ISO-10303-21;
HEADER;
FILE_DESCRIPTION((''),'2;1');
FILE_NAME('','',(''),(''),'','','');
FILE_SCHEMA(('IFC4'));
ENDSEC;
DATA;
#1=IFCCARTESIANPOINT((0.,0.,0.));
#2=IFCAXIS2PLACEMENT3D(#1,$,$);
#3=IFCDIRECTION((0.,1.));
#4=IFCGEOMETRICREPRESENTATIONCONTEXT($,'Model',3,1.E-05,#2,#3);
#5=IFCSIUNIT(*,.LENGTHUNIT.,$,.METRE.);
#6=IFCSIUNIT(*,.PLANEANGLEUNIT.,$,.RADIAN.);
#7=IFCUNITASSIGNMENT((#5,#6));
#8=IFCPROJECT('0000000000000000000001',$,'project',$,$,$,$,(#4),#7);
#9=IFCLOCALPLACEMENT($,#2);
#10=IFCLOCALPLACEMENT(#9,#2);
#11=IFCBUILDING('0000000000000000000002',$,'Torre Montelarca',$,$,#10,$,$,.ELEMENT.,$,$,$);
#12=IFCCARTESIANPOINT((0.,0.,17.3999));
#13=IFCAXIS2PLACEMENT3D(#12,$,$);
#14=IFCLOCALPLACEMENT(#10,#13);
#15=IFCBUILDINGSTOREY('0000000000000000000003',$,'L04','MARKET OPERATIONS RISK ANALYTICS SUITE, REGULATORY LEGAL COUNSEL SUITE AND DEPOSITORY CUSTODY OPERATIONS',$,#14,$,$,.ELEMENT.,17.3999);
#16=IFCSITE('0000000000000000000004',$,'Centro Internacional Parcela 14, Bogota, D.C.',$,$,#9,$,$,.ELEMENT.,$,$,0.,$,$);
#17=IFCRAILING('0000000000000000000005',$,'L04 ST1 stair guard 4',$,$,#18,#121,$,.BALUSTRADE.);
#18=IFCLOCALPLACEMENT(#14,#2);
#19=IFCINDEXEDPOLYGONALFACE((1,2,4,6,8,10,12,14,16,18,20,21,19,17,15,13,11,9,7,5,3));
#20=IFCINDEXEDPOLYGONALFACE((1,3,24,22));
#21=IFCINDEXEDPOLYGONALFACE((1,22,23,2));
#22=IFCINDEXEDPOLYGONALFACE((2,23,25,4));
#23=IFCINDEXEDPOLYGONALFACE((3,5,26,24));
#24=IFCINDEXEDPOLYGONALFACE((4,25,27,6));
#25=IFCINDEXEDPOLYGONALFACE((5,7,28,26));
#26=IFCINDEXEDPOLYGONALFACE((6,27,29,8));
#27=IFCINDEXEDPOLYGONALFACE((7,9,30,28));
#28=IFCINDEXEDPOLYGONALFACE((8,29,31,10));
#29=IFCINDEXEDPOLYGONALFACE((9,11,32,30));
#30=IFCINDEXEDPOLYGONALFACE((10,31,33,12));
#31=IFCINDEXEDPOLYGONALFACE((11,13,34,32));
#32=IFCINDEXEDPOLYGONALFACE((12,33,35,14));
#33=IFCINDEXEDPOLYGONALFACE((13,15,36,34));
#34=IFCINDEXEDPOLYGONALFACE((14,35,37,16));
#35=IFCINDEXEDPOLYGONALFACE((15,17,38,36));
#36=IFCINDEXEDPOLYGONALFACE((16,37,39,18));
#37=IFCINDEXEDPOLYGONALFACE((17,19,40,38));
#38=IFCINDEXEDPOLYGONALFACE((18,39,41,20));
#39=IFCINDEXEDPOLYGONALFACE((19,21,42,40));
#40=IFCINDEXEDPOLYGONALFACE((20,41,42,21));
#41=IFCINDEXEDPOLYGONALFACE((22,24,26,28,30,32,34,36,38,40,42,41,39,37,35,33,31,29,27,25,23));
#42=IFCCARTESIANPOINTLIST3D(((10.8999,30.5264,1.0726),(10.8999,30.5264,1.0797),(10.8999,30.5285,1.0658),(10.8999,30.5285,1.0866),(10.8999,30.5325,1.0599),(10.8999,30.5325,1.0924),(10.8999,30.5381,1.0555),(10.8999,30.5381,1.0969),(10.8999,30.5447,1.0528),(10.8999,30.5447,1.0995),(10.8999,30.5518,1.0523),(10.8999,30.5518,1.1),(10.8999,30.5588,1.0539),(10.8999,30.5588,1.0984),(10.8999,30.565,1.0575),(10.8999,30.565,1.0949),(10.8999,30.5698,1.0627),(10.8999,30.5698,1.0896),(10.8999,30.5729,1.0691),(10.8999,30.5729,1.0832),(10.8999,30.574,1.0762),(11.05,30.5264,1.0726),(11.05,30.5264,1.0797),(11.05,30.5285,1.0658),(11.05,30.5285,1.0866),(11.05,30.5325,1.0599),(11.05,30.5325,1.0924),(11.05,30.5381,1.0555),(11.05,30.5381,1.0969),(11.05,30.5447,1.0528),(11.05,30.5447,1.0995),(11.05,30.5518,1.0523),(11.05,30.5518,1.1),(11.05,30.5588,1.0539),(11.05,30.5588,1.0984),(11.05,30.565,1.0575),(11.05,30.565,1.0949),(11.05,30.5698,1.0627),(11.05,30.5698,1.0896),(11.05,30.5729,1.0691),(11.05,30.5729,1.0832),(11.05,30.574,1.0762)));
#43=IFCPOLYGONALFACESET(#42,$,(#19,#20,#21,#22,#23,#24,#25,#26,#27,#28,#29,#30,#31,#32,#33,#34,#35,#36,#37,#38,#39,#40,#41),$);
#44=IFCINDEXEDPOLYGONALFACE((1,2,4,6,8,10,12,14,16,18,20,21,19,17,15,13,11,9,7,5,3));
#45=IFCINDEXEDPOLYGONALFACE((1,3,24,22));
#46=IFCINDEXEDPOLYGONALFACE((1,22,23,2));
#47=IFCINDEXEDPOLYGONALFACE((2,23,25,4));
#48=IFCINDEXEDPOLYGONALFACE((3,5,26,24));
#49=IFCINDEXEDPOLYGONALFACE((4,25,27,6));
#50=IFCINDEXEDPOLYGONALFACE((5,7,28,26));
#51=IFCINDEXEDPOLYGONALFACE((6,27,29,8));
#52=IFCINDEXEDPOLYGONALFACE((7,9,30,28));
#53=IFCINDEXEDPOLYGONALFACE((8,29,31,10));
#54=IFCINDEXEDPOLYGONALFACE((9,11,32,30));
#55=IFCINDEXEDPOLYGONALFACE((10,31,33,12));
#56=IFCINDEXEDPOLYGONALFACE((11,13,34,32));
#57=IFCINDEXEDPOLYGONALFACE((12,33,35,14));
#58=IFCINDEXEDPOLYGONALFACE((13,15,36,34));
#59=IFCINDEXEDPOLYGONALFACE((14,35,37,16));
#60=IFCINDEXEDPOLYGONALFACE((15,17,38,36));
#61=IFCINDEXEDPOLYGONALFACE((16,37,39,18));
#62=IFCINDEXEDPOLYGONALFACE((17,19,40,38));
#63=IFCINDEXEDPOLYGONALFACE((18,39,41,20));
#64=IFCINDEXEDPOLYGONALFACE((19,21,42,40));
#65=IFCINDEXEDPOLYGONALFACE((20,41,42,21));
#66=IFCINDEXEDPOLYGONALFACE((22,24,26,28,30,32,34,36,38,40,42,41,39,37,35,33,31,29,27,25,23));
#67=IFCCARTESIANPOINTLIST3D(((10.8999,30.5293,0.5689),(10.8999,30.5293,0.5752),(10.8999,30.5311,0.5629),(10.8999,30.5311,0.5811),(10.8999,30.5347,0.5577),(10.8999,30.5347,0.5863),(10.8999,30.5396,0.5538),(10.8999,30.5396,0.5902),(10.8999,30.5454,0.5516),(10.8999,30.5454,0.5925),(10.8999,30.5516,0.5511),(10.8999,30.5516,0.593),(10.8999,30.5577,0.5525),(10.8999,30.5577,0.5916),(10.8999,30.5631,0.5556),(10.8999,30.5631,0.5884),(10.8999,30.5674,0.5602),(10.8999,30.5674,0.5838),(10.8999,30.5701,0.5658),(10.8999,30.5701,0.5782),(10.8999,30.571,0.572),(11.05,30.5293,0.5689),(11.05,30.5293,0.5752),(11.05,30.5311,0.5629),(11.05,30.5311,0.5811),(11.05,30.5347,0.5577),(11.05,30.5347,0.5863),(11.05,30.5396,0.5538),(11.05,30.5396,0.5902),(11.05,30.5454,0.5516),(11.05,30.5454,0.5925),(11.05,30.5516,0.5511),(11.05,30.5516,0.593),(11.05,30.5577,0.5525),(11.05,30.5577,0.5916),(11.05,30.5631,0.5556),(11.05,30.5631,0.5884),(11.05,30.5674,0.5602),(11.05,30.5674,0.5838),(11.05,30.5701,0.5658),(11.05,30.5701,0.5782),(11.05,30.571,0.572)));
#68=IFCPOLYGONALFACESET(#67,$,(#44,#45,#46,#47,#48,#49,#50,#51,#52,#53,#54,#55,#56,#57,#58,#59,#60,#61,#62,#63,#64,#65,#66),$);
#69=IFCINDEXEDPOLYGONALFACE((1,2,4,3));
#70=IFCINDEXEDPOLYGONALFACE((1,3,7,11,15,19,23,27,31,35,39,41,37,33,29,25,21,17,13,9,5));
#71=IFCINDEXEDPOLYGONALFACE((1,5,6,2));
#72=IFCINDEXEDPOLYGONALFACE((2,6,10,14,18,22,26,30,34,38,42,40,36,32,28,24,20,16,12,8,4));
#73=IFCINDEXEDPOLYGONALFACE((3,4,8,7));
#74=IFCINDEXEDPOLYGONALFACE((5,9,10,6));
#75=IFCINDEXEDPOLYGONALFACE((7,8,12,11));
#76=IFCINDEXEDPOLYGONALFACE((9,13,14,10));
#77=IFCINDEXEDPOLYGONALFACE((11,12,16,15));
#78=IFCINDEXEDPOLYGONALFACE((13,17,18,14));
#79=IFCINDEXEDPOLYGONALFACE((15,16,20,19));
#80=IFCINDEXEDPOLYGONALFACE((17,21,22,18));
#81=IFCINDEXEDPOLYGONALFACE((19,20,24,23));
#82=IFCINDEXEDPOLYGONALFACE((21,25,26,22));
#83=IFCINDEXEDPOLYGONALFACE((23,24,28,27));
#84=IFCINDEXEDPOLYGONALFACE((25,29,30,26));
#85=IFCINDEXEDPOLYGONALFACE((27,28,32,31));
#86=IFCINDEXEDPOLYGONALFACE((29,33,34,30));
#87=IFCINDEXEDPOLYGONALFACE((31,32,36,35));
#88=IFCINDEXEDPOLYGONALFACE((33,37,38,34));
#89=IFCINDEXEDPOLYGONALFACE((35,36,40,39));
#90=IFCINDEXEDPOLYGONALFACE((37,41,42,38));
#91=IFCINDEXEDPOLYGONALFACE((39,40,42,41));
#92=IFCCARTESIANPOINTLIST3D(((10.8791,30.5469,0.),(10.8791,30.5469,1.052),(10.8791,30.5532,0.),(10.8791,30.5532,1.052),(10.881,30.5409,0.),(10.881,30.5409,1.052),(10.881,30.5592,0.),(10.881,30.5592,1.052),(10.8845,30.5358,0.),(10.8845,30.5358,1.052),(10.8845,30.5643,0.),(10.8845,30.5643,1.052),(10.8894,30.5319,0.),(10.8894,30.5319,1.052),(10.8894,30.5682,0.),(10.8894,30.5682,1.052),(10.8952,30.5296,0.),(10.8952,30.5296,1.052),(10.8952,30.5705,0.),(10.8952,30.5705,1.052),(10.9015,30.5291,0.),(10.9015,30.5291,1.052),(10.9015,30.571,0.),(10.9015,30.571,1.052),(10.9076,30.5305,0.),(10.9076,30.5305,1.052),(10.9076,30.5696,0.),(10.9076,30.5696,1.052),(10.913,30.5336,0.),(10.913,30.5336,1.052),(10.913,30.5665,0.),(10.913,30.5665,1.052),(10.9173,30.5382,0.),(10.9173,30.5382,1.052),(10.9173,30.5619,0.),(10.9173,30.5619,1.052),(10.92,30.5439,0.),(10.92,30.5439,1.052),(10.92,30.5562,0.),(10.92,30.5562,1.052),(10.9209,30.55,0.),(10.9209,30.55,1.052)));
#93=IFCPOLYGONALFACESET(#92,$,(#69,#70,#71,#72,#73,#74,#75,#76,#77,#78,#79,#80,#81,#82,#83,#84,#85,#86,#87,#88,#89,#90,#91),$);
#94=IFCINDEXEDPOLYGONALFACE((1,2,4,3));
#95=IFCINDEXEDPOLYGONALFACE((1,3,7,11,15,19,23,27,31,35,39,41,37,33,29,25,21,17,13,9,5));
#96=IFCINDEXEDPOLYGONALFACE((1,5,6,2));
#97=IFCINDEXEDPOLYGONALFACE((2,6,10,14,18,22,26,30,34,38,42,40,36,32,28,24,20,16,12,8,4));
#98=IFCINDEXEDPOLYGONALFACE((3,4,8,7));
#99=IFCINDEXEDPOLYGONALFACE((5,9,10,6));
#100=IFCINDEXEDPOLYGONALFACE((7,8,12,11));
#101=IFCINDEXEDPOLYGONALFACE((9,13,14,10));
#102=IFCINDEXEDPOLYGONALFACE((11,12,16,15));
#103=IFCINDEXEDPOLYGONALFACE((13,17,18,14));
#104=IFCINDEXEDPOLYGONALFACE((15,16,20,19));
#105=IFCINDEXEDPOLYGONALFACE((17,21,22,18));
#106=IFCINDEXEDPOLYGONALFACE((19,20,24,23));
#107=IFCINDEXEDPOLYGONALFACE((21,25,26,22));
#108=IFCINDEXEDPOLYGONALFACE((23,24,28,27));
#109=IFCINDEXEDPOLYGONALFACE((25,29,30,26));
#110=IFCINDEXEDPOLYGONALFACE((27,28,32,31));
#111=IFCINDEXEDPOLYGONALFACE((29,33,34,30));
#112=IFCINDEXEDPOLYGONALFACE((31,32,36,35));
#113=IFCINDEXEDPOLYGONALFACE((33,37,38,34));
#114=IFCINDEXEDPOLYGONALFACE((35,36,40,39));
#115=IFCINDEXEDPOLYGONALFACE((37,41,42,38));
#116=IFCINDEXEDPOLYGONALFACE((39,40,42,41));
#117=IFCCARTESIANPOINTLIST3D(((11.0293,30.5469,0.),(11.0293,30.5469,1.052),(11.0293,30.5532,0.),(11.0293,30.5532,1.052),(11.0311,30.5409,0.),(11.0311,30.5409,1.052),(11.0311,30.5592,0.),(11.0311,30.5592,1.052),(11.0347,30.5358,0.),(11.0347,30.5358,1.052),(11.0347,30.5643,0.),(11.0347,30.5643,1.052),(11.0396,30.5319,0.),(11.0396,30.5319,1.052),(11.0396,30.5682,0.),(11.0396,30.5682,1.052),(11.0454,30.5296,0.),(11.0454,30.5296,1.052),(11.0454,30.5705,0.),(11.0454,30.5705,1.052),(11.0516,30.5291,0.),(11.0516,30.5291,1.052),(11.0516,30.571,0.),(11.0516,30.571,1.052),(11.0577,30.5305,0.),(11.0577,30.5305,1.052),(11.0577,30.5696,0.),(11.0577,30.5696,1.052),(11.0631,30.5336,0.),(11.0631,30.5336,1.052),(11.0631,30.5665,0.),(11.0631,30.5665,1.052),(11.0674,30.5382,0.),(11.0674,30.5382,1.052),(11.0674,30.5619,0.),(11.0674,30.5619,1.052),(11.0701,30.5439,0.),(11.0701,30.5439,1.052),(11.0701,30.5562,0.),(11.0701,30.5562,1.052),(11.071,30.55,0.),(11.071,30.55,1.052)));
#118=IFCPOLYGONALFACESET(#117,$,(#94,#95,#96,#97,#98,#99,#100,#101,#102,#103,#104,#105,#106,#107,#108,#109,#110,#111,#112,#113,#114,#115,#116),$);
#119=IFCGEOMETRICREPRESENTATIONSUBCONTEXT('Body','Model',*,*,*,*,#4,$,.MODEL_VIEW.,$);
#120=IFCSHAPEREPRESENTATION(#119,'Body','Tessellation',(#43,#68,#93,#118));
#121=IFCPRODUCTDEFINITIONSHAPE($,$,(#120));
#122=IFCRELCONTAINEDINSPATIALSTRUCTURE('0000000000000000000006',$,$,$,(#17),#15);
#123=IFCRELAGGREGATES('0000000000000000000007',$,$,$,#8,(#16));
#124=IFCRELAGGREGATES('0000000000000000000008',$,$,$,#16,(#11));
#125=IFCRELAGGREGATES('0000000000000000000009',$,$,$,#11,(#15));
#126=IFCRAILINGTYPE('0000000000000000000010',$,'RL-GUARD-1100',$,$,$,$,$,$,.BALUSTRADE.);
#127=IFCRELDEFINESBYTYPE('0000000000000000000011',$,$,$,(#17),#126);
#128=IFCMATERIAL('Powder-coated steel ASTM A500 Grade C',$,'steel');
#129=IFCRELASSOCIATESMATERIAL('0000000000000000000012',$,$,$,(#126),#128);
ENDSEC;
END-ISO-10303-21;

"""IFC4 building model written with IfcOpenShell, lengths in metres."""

from ifc_helpers import new_model, si_unit, direction, frame, origin, origin_2d, place, context, subcontext, project, spatial, circle, extrude, material, type_object, element, save


model = new_model("IFC4")

# Units and contexts
model_context = context("Model", 3, precision=1e-05, world=origin(), true_north=direction((0.0, 1.0)))
body_context = subcontext(model_context, "Body", "Model", "MODEL_VIEW")
ifc_project = project(units=[si_unit("LENGTHUNIT", "METRE"), si_unit("PLANEANGLEUNIT", "RADIAN")], contexts=[model_context])

# Site, building, storey
site_placement = place(None, origin())
site = spatial("IfcSite", under=ifc_project, at=site_placement, Name="Centro Internacional Parcela 14, Bogota, D.C.", CompositionType="ELEMENT", RefElevation=0.0)
building_placement = place(site_placement, origin())
building = spatial("IfcBuilding", under=site, at=building_placement, Name="Torre Montelarca", CompositionType="ELEMENT")
storey_placement = place(building_placement, frame((0.0, 0.0, 17.3999)))
storey = spatial("IfcBuildingStorey", under=building, at=storey_placement, Name="L04", Description="MARKET OPERATIONS RISK ANALYTICS SUITE, REGULATORY LEGAL COUNSEL SUITE AND DEPOSITORY CUSTODY OPERATIONS", CompositionType="ELEMENT", Elevation=17.3999)

# Railing
ifc_material_1 = material(Name="Powder-coated steel ASTM A500 Grade C", Category="steel")
railing_type_1 = type_object("IfcRailingType", Name="RL-GUARD-1100", PredefinedType="BALUSTRADE", material=ifc_material_1)
railing_1_placement = place(storey_placement, frame((10.8999, 30.55, 0.0)))
element("IfcRailing", 1, at=railing_1_placement, inside=storey, type_object=railing_type_1, Name="L04 ST1 stair guard 4", PredefinedType="BALUSTRADE", context=body_context, shape_type="SweptSolid", body=[
    extrude(circle(Radius=0.0239, at=origin_2d()), frame((0.0, 0.0, 1.0762), z_axis=(1.0, 0.0, 0.0), x_axis=(0.0, 1.0, 0.0)), (0.0, 0.0, 1.0), 0.1501),
    extrude(circle(Radius=0.021, at=origin_2d()), frame((0.0, 0.0, 0.572), z_axis=(1.0, 0.0, 0.0), x_axis=(0.0, 1.0, 0.0)), (0.0, 0.0, 1.0), 0.1501),
    extrude(circle(Radius=0.021, at=origin_2d()), origin(), (0.0, 0.0, 1.0), 1.052),
    extrude(circle(Radius=0.021, at=origin_2d()), frame((0.1501, 0.0, 0.0)), (0.0, 0.0, 1.0), 1.052),
])

save(model, "model.ifc")
